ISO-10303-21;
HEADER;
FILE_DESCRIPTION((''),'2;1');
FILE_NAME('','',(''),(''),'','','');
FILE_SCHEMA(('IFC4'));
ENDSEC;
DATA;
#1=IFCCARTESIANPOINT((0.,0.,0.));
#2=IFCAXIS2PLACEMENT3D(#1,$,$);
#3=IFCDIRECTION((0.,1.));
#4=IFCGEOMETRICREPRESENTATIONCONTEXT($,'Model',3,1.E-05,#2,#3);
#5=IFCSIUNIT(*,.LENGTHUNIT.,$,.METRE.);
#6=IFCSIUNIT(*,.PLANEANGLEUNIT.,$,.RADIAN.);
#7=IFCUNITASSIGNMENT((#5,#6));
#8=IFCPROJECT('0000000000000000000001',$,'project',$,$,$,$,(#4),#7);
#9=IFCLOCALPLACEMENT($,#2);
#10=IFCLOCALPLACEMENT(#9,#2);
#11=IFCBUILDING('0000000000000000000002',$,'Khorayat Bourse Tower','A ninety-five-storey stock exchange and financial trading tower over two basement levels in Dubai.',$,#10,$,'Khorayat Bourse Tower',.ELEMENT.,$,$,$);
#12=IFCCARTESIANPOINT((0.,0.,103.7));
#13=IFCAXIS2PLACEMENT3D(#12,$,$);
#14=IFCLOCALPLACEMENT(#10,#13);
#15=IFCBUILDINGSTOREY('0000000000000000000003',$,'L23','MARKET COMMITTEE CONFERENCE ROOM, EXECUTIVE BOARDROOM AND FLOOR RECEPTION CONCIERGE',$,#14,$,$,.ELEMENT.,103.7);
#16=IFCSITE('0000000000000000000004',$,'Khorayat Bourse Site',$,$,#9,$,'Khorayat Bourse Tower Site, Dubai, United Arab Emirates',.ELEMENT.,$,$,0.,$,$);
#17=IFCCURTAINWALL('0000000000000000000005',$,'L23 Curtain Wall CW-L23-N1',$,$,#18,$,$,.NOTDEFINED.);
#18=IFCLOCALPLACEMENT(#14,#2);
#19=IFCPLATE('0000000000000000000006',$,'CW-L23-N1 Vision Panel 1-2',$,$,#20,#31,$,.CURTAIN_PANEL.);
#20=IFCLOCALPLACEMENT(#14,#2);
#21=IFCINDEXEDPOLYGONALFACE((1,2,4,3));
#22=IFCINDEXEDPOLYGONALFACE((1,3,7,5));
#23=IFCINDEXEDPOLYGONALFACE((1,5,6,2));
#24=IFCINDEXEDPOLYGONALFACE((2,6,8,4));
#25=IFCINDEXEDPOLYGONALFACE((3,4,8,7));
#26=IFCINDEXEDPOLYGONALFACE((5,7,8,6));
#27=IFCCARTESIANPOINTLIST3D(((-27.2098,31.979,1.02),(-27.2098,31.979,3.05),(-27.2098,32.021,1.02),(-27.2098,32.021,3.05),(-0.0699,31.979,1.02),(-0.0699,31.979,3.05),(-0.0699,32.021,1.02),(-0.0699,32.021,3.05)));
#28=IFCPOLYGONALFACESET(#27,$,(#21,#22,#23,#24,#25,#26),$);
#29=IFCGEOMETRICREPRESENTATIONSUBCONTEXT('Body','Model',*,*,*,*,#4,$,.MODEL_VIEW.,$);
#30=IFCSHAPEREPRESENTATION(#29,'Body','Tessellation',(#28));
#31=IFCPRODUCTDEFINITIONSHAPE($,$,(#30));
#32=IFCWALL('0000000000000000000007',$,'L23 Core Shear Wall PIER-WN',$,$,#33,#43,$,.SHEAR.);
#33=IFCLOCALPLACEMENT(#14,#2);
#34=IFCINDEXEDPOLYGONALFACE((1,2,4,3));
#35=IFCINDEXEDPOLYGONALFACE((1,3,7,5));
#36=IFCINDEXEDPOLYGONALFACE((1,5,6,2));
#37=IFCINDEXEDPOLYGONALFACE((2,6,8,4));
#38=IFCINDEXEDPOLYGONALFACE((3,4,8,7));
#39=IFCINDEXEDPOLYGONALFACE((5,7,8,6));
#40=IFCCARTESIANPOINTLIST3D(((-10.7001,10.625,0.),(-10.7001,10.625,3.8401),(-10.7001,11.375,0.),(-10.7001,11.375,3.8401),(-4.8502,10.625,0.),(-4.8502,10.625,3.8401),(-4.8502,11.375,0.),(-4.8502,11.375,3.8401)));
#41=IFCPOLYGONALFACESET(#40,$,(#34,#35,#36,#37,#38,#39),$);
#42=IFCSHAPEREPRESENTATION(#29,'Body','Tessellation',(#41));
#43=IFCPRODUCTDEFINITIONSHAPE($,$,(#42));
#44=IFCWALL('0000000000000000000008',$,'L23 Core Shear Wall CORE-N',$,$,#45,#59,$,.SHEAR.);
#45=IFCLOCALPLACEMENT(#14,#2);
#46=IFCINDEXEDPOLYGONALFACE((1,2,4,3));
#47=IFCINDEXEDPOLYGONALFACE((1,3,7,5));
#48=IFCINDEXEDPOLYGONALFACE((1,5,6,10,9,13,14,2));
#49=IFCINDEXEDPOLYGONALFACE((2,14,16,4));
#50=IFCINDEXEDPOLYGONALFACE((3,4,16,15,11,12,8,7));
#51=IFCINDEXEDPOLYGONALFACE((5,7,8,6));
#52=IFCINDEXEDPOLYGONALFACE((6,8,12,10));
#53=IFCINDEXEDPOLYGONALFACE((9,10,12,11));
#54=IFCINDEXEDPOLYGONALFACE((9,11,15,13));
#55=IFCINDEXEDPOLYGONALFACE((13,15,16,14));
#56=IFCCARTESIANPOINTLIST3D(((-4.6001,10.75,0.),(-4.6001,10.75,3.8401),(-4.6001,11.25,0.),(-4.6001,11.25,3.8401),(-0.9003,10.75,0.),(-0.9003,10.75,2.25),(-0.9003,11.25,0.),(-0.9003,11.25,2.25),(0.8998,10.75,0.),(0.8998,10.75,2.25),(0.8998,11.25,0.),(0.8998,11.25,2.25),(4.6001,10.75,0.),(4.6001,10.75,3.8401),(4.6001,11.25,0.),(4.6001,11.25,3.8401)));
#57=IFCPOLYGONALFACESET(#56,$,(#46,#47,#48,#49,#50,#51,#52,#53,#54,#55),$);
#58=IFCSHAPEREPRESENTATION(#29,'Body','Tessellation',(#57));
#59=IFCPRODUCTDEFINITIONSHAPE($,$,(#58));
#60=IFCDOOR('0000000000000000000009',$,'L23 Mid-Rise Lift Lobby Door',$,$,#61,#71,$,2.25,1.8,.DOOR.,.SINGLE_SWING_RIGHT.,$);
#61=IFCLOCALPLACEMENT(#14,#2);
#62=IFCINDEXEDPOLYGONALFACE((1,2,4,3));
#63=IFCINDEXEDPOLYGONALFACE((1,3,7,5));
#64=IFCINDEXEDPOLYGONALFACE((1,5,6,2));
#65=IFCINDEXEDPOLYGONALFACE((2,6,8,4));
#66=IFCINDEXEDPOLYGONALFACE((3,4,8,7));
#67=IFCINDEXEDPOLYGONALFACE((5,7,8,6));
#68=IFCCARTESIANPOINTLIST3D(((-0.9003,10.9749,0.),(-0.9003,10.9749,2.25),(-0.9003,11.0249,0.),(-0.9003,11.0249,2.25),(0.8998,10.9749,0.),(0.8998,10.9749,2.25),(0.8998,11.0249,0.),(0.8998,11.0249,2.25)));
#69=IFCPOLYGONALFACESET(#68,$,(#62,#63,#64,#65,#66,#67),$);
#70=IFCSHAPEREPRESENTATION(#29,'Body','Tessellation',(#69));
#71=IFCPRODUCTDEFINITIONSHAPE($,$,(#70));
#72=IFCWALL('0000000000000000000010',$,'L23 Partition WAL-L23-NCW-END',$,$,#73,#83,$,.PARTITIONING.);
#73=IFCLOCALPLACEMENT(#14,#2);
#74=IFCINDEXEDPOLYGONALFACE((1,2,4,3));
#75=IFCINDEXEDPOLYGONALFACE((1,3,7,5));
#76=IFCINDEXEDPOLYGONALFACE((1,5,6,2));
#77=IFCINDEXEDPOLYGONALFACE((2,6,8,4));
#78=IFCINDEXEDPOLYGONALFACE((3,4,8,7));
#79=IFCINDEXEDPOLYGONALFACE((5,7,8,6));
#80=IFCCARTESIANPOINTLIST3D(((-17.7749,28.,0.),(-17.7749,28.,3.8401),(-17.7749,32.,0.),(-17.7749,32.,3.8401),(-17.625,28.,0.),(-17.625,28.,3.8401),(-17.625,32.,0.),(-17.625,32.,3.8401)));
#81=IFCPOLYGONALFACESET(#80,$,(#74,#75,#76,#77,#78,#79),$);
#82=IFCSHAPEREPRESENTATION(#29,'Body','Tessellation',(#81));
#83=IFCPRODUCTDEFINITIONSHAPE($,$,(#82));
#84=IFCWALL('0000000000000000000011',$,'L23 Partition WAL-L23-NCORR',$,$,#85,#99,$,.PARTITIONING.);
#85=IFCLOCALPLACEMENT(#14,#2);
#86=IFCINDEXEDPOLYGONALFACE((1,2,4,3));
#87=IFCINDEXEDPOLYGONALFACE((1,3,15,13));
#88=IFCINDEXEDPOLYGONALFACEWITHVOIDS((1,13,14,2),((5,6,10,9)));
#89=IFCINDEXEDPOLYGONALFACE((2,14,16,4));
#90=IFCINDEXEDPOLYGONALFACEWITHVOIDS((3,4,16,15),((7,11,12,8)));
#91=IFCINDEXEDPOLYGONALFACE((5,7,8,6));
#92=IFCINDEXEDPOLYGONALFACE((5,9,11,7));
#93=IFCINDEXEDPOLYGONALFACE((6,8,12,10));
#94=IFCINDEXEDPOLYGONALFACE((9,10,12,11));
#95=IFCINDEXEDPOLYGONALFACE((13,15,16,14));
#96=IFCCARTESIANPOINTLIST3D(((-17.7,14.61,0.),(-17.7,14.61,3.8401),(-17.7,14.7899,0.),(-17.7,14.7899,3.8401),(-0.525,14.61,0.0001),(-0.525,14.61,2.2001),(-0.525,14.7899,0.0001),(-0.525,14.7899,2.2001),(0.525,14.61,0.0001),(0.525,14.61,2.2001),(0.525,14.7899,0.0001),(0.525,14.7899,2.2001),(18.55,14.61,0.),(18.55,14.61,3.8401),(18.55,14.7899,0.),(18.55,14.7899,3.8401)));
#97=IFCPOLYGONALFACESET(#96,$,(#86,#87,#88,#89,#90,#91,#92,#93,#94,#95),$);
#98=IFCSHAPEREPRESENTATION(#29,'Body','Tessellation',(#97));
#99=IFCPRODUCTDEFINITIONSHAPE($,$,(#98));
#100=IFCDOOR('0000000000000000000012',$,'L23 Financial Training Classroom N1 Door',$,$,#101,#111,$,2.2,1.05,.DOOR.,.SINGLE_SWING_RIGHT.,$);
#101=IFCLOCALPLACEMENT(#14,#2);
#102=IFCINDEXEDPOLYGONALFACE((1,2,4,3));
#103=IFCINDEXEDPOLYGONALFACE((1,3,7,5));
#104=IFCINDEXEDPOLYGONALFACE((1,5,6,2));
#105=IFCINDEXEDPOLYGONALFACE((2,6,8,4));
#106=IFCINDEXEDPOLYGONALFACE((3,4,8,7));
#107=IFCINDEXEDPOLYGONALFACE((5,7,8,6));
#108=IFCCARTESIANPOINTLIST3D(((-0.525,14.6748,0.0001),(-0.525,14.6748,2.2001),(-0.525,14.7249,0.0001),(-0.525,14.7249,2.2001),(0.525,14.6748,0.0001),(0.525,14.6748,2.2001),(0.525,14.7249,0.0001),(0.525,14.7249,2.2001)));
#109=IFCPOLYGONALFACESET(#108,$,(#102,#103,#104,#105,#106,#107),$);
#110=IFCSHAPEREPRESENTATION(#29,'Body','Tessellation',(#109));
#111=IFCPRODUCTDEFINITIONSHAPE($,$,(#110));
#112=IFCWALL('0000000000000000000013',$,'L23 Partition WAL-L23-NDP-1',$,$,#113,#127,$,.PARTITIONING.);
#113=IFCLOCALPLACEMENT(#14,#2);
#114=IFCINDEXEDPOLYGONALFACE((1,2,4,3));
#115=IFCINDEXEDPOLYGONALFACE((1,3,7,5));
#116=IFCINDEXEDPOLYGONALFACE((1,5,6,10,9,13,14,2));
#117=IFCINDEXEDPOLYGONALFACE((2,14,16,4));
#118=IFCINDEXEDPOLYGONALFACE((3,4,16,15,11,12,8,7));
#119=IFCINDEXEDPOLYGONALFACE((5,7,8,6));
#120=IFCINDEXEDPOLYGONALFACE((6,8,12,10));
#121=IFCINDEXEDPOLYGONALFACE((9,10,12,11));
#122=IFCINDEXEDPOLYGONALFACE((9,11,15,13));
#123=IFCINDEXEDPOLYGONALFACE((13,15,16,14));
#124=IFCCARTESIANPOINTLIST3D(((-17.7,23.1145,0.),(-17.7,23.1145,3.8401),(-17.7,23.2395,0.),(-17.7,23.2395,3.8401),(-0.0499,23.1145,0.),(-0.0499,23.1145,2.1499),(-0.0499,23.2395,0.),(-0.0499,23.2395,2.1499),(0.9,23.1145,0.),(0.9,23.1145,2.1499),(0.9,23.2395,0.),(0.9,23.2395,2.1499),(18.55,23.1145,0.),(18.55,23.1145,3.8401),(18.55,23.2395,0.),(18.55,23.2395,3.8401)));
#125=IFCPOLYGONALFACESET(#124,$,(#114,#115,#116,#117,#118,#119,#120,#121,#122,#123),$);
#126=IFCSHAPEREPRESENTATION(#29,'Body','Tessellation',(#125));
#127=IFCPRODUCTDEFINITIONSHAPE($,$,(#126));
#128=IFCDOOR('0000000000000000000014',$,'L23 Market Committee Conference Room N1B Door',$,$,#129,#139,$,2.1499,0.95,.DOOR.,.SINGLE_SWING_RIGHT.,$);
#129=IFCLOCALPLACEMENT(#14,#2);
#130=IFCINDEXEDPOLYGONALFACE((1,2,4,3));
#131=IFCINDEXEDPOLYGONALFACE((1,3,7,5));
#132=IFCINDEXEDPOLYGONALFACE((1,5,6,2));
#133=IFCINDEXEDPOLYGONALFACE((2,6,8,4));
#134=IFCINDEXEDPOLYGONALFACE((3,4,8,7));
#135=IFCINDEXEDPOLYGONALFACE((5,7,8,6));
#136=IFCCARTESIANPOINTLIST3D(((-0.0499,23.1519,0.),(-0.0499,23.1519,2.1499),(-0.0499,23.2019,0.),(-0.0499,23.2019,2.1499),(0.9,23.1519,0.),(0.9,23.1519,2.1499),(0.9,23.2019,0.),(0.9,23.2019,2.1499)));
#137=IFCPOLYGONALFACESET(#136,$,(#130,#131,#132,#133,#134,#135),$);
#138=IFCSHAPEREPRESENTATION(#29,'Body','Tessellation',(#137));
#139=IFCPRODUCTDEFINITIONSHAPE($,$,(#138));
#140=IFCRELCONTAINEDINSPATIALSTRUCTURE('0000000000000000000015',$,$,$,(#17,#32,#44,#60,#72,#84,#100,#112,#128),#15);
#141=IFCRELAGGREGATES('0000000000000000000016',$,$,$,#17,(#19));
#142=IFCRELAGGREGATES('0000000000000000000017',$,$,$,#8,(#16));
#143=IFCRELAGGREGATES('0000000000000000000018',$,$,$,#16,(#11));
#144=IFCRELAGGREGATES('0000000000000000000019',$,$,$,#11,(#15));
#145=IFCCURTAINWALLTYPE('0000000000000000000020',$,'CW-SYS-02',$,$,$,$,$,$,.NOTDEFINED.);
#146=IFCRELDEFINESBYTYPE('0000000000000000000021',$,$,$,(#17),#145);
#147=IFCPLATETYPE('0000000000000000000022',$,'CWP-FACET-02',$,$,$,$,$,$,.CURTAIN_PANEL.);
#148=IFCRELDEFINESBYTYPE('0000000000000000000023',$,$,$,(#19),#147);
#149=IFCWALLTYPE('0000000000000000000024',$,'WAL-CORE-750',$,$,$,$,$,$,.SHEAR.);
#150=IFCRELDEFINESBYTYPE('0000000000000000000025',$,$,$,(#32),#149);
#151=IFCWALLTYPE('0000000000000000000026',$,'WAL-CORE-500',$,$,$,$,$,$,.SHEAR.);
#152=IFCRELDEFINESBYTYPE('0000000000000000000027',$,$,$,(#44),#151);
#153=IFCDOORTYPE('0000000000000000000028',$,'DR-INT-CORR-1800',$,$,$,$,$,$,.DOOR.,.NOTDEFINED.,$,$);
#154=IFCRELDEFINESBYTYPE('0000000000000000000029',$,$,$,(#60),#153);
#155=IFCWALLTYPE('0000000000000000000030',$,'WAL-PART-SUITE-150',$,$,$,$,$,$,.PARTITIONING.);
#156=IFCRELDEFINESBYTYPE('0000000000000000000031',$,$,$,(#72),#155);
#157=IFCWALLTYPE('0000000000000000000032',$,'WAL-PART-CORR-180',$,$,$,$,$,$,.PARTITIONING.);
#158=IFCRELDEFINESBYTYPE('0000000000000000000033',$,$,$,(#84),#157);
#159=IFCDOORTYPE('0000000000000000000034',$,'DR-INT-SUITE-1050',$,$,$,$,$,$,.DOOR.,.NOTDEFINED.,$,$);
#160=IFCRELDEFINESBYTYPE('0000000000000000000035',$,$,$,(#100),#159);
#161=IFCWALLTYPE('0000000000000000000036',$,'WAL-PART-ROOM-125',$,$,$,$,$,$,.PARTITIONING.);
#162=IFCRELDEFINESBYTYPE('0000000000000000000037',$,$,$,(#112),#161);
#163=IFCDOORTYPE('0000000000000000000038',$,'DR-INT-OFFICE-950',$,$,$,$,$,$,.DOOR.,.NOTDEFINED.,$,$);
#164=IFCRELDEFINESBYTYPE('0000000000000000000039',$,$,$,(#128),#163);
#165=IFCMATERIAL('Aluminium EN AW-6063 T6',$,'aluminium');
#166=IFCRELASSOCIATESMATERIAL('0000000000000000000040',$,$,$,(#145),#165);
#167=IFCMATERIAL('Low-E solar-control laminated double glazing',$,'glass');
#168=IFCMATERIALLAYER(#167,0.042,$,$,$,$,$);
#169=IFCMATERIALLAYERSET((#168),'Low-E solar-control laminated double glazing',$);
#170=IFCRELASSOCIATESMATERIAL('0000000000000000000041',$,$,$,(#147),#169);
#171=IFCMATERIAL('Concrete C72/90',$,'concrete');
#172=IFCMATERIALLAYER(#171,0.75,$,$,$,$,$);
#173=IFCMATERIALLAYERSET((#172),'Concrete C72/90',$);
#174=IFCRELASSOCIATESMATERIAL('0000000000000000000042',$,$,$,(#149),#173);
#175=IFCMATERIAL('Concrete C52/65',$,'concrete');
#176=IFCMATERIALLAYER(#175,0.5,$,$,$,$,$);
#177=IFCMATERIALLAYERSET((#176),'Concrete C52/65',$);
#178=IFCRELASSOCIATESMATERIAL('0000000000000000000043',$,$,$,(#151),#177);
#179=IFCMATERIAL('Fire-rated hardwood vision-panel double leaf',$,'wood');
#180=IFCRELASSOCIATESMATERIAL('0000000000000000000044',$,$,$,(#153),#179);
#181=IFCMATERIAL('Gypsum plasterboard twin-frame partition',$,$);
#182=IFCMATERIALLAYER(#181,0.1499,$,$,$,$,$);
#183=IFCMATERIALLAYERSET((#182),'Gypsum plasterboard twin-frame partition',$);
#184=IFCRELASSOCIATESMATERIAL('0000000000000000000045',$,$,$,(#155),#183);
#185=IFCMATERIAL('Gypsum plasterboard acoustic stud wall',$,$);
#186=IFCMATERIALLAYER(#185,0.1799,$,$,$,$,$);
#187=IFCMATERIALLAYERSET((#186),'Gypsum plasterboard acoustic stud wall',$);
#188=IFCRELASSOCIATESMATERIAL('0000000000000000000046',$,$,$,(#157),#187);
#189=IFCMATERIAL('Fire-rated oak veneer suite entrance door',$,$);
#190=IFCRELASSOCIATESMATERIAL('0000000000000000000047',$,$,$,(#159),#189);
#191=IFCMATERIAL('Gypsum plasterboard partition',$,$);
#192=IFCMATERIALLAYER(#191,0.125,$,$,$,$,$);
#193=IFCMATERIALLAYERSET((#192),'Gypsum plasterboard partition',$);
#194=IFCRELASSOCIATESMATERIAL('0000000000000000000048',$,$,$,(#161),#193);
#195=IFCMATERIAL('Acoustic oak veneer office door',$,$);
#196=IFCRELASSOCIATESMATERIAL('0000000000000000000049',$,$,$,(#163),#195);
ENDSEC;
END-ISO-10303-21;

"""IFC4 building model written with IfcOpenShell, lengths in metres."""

from ifc_helpers import new_model, si_unit, direction, frame, frame_2d, origin, origin_2d, place, context, subcontext, project, spatial, rectangle, extrude, source, transform, mapped, material, layer, layer_set, type_object, element, fill, aggregate, save


model = new_model("IFC4")

# Units and contexts
model_context = context("Model", 3, precision=1e-05, world=origin(), true_north=direction((0.0, 1.0)))
body_context = subcontext(model_context, "Body", "Model", "MODEL_VIEW")
ifc_project = project(units=[si_unit("LENGTHUNIT", "METRE"), si_unit("PLANEANGLEUNIT", "RADIAN")], contexts=[model_context])

# Site, building, storey
site_placement = place(None, origin())
site = spatial("IfcSite", under=ifc_project, at=site_placement, Name="Khorayat Bourse Site", LongName="Khorayat Bourse Tower Site, Dubai, United Arab Emirates", CompositionType="ELEMENT", RefElevation=0.0)
building_placement = place(site_placement, origin())
building = spatial("IfcBuilding", under=site, at=building_placement, Name="Khorayat Bourse Tower", Description="A ninety-five-storey stock exchange and financial trading tower over two basement levels in Dubai.", LongName="Khorayat Bourse Tower", CompositionType="ELEMENT")
storey_placement = place(building_placement, frame((0.0, 0.0, 103.7)))
storey = spatial("IfcBuildingStorey", under=building, at=storey_placement, Name="L23", Description="MARKET COMMITTEE CONFERENCE ROOM, EXECUTIVE BOARDROOM AND FLOOR RECEPTION CONCIERGE", CompositionType="ELEMENT", Elevation=103.7)

# Shared definitions
ifc_material_1 = material(Name="Concrete C72/90", Category="concrete")

# Curtain wall
ifc_material_2 = material(Name="Aluminium EN AW-6063 T6", Category="aluminium")
curtain_wall_type = type_object("IfcCurtainWallType", Name="CW-SYS-02", PredefinedType="NOTDEFINED", material=ifc_material_2)
curtain_wall_placement = place(storey_placement, origin())
curtain_wall = element("IfcCurtainWall", 1, at=curtain_wall_placement, inside=storey, type_object=curtain_wall_type, Name="L23 Curtain Wall CW-L23-N1", PredefinedType="NOTDEFINED")

# Plate
ifc_material_3 = material(Name="Low-E solar-control laminated double glazing", Category="glass")
ifc_layer_1 = layer(ifc_material_3, 0.042)
ifc_layer_set_1 = layer_set([ifc_layer_1], Name="Low-E solar-control laminated double glazing")
plate_type_1 = type_object("IfcPlateType", Name="CWP-FACET-02", PredefinedType="CURTAIN_PANEL", material=ifc_layer_set_1)
shared_shape_1 = source(origin(), body_context, "Body", "SweptSolid", [
    extrude(rectangle(XDim=27.1399, YDim=0.042, at=origin_2d()), origin(), (0.0, 0.0, 1.0), 2.03),
])
plate_1_placement = place(storey_placement, frame((-13.6399, 32.0, 1.02), z_axis=(0.0, 0.0, 1.0), x_axis=(1.0, 0.0, 0.0)))
plate_1 = element("IfcPlate", 2, at=plate_1_placement, type_object=plate_type_1, Name="CW-L23-N1 Vision Panel 1-2", PredefinedType="CURTAIN_PANEL", context=body_context, shape_type="MappedRepresentation", body=[
    mapped(shared_shape_1, transform((0.0, 0.0, 0.0), scale=1.0)),
])
aggregate(curtain_wall, [plate_1])

# Wall
ifc_layer_2 = layer(ifc_material_1, 0.75)
ifc_layer_set_2 = layer_set([ifc_layer_2], Name="Concrete C72/90")
wall_type_1 = type_object("IfcWallType", Name="WAL-CORE-750", PredefinedType="SHEAR", material=ifc_layer_set_2)
shared_shape_2 = source(origin(), body_context, "Body", "SweptSolid", [
    extrude(rectangle(XDim=5.8499, YDim=0.75, at=frame_2d((2.9248, 0.0))), origin(), (0.0, 0.0, 1.0), 3.8401),
])
wall_1_placement = place(storey_placement, frame((-10.7, 11.0, 0.0), z_axis=(0.0, 0.0, 1.0), x_axis=(1.0, 0.0, 0.0)))
element("IfcWall", 3, at=wall_1_placement, inside=storey, type_object=wall_type_1, Name="L23 Core Shear Wall PIER-WN", PredefinedType="SHEAR", context=body_context, shape_type="MappedRepresentation", body=[
    mapped(shared_shape_2, transform((0.0, 0.0, 0.0), scale=1.0)),
])

# Wall, opening, door
ifc_material_4 = material(Name="Concrete C52/65", Category="concrete")
ifc_layer_3 = layer(ifc_material_4, 0.5)
ifc_layer_set_3 = layer_set([ifc_layer_3], Name="Concrete C52/65")
wall_type_2 = type_object("IfcWallType", Name="WAL-CORE-500", PredefinedType="SHEAR", material=ifc_layer_set_3)
shared_shape_3 = source(origin(), body_context, "Body", "SweptSolid", [
    extrude(rectangle(XDim=9.2002, YDim=0.5, at=frame_2d((4.6001, 0.0))), origin(), (0.0, 0.0, 1.0), 3.8401),
])
wall_2_placement = place(storey_placement, frame((-4.6001, 11.0, 0.0), z_axis=(0.0, 0.0, 1.0), x_axis=(1.0, 0.0, 0.0)))
wall_2 = element("IfcWall", 4, at=wall_2_placement, inside=storey, type_object=wall_type_2, Name="L23 Core Shear Wall CORE-N", PredefinedType="SHEAR", context=body_context, shape_type="MappedRepresentation", body=[
    mapped(shared_shape_3, transform((0.0, 0.0, 0.0), scale=1.0)),
])
shared_shape_4 = source(origin(), body_context, "Body", "SweptSolid", [
    extrude(rectangle(XDim=1.8, YDim=2.25, at=frame_2d((0.8999, 1.125))), frame((0.0, 0.26, 0.0), z_axis=(0.0, -1.0, 0.0), x_axis=(1.0, 0.0, 0.0)), (0.0, 0.0, 1.0), 0.52),
])
opening_1_placement = place(wall_2_placement, frame((3.7, 0.0, 0.0)))
opening_1 = element("IfcOpeningElement", 5, at=opening_1_placement, cuts=wall_2, PredefinedType="OPENING", context=body_context, shape_type="MappedRepresentation", body=[
    mapped(shared_shape_4, transform((0.0, 0.0, 0.0), scale=1.0)),
])
ifc_material_5 = material(Name="Fire-rated hardwood vision-panel double leaf", Category="wood")
door_type_1 = type_object("IfcDoorType", Name="DR-INT-CORR-1800", OperationType="NOTDEFINED", PredefinedType="DOOR", material=ifc_material_5)
shared_shape_5 = source(origin(), body_context, "Body", "SweptSolid", [
    extrude(rectangle(XDim=1.8, YDim=2.25, at=frame_2d((0.8999, 1.125))), frame((0.0, 0.0249, 0.0), z_axis=(0.0, -1.0, 0.0), x_axis=(1.0, 0.0, 0.0)), (0.0, 0.0, 1.0), 0.05),
])
door_1_placement = place(opening_1_placement, origin())
door_1 = element("IfcDoor", 6, at=door_1_placement, inside=storey, type_object=door_type_1, Name="L23 Mid-Rise Lift Lobby Door", OperationType="SINGLE_SWING_RIGHT", OverallHeight=2.25, OverallWidth=1.8, PredefinedType="DOOR", context=body_context, shape_type="MappedRepresentation", body=[
    mapped(shared_shape_5, transform((0.0, 0.0, 0.0), scale=1.0)),
])
fill(opening_1, door_1)

# Wall
ifc_material_6 = material(Name="Gypsum plasterboard twin-frame partition")
ifc_layer_4 = layer(ifc_material_6, 0.1499)
ifc_layer_set_4 = layer_set([ifc_layer_4], Name="Gypsum plasterboard twin-frame partition")
wall_type_3 = type_object("IfcWallType", Name="WAL-PART-SUITE-150", PredefinedType="PARTITIONING", material=ifc_layer_set_4)
shared_shape_6 = source(origin(), body_context, "Body", "SweptSolid", [
    extrude(rectangle(XDim=4.0, YDim=0.1499, at=frame_2d((2.0, 0.0))), origin(), (0.0, 0.0, 1.0), 3.8401),
])
wall_3_placement = place(storey_placement, frame((-17.7, 28.0, 0.0), z_axis=(0.0, 0.0, 1.0), x_axis=(0.0, 1.0, 0.0)))
element("IfcWall", 7, at=wall_3_placement, inside=storey, type_object=wall_type_3, Name="L23 Partition WAL-L23-NCW-END", PredefinedType="PARTITIONING", context=body_context, shape_type="MappedRepresentation", body=[
    mapped(shared_shape_6, transform((0.0, 0.0, 0.0), scale=1.0)),
])

# Walls, openings, doors
ifc_material_7 = material(Name="Gypsum plasterboard acoustic stud wall")
ifc_layer_5 = layer(ifc_material_7, 0.1799)
ifc_layer_set_5 = layer_set([ifc_layer_5], Name="Gypsum plasterboard acoustic stud wall")
wall_type_4 = type_object("IfcWallType", Name="WAL-PART-CORR-180", PredefinedType="PARTITIONING", material=ifc_layer_set_5)
shared_shape_7 = source(origin(), body_context, "Body", "SweptSolid", [
    extrude(rectangle(XDim=36.25, YDim=0.1799, at=frame_2d((18.125, 0.0))), origin(), (0.0, 0.0, 1.0), 3.8401),
])
wall_4_placement = place(storey_placement, frame((-17.7, 14.7, 0.0), z_axis=(0.0, 0.0, 1.0), x_axis=(1.0, 0.0, 0.0)))
wall_4 = element("IfcWall", 8, at=wall_4_placement, inside=storey, type_object=wall_type_4, Name="L23 Partition WAL-L23-NCORR", PredefinedType="PARTITIONING", context=body_context, shape_type="MappedRepresentation", body=[
    mapped(shared_shape_7, transform((0.0, 0.0, 0.0), scale=1.0)),
])
shared_shape_8 = source(origin(), body_context, "Body", "SweptSolid", [
    extrude(rectangle(XDim=1.05, YDim=2.2, at=frame_2d((0.5249, 1.1001))), frame((0.0, 0.0999, 0.0), z_axis=(0.0, -1.0, 0.0), x_axis=(1.0, 0.0, 0.0)), (0.0, 0.0, 1.0), 0.2),
])
opening_2_placement = place(wall_4_placement, frame((17.175, 0.0, 0.0)))
opening_2 = element("IfcOpeningElement", 9, at=opening_2_placement, cuts=wall_4, PredefinedType="OPENING", context=body_context, shape_type="MappedRepresentation", body=[
    mapped(shared_shape_8, transform((0.0, 0.0, 0.0), scale=1.0)),
])
ifc_material_8 = material(Name="Fire-rated oak veneer suite entrance door")
door_type_2 = type_object("IfcDoorType", Name="DR-INT-SUITE-1050", OperationType="NOTDEFINED", PredefinedType="DOOR", material=ifc_material_8)
shared_shape_9 = source(origin(), body_context, "Body", "SweptSolid", [
    extrude(rectangle(XDim=1.05, YDim=2.2, at=frame_2d((0.5249, 1.1001))), frame((0.0, 0.0249, 0.0), z_axis=(0.0, -1.0, 0.0), x_axis=(1.0, 0.0, 0.0)), (0.0, 0.0, 1.0), 0.05),
])
door_2_placement = place(opening_2_placement, origin())
door_2 = element("IfcDoor", 10, at=door_2_placement, inside=storey, type_object=door_type_2, Name="L23 Financial Training Classroom N1 Door", OperationType="SINGLE_SWING_RIGHT", OverallHeight=2.2, OverallWidth=1.05, PredefinedType="DOOR", context=body_context, shape_type="MappedRepresentation", body=[
    mapped(shared_shape_9, transform((0.0, 0.0, 0.0), scale=1.0)),
])
fill(opening_2, door_2)
ifc_material_9 = material(Name="Gypsum plasterboard partition")
ifc_layer_6 = layer(ifc_material_9, 0.125)
ifc_layer_set_6 = layer_set([ifc_layer_6], Name="Gypsum plasterboard partition")
wall_type_5 = type_object("IfcWallType", Name="WAL-PART-ROOM-125", PredefinedType="PARTITIONING", material=ifc_layer_set_6)
shared_shape_10 = source(origin(), body_context, "Body", "SweptSolid", [
    extrude(rectangle(XDim=36.25, YDim=0.125, at=frame_2d((18.125, 0.0))), origin(), (0.0, 0.0, 1.0), 3.8401),
])
wall_5_placement = place(storey_placement, frame((-17.7, 23.177, 0.0), z_axis=(0.0, 0.0, 1.0), x_axis=(1.0, 0.0, 0.0)))
wall_5 = element("IfcWall", 11, at=wall_5_placement, inside=storey, type_object=wall_type_5, Name="L23 Partition WAL-L23-NDP-1", PredefinedType="PARTITIONING", context=body_context, shape_type="MappedRepresentation", body=[
    mapped(shared_shape_10, transform((0.0, 0.0, 0.0), scale=1.0)),
])
shared_shape_11 = source(origin(), body_context, "Body", "SweptSolid", [
    extrude(rectangle(XDim=0.95, YDim=2.1499, at=frame_2d((0.4751, 1.075))), frame((0.0, 0.0725, 0.0), z_axis=(0.0, -1.0, 0.0), x_axis=(1.0, 0.0, 0.0)), (0.0, 0.0, 1.0), 0.145),
])
opening_3_placement = place(wall_5_placement, frame((17.6499, 0.0, 0.0)))
opening_3 = element("IfcOpeningElement", 12, at=opening_3_placement, cuts=wall_5, PredefinedType="OPENING", context=body_context, shape_type="MappedRepresentation", body=[
    mapped(shared_shape_11, transform((0.0, 0.0, 0.0), scale=1.0)),
])
ifc_material_10 = material(Name="Acoustic oak veneer office door")
door_type_3 = type_object("IfcDoorType", Name="DR-INT-OFFICE-950", OperationType="NOTDEFINED", PredefinedType="DOOR", material=ifc_material_10)
shared_shape_12 = source(origin(), body_context, "Body", "SweptSolid", [
    extrude(rectangle(XDim=0.95, YDim=2.1499, at=frame_2d((0.4751, 1.075))), frame((0.0, 0.0249, 0.0), z_axis=(0.0, -1.0, 0.0), x_axis=(1.0, 0.0, 0.0)), (0.0, 0.0, 1.0), 0.05),
])
door_3_placement = place(opening_3_placement, origin())
door_3 = element("IfcDoor", 13, at=door_3_placement, inside=storey, type_object=door_type_3, Name="L23 Market Committee Conference Room N1B Door", OperationType="SINGLE_SWING_RIGHT", OverallHeight=2.1499, OverallWidth=0.95, PredefinedType="DOOR", context=body_context, shape_type="MappedRepresentation", body=[
    mapped(shared_shape_12, transform((0.0, 0.0, 0.0), scale=1.0)),
])
fill(opening_3, door_3)

save(model, "model.ifc")
